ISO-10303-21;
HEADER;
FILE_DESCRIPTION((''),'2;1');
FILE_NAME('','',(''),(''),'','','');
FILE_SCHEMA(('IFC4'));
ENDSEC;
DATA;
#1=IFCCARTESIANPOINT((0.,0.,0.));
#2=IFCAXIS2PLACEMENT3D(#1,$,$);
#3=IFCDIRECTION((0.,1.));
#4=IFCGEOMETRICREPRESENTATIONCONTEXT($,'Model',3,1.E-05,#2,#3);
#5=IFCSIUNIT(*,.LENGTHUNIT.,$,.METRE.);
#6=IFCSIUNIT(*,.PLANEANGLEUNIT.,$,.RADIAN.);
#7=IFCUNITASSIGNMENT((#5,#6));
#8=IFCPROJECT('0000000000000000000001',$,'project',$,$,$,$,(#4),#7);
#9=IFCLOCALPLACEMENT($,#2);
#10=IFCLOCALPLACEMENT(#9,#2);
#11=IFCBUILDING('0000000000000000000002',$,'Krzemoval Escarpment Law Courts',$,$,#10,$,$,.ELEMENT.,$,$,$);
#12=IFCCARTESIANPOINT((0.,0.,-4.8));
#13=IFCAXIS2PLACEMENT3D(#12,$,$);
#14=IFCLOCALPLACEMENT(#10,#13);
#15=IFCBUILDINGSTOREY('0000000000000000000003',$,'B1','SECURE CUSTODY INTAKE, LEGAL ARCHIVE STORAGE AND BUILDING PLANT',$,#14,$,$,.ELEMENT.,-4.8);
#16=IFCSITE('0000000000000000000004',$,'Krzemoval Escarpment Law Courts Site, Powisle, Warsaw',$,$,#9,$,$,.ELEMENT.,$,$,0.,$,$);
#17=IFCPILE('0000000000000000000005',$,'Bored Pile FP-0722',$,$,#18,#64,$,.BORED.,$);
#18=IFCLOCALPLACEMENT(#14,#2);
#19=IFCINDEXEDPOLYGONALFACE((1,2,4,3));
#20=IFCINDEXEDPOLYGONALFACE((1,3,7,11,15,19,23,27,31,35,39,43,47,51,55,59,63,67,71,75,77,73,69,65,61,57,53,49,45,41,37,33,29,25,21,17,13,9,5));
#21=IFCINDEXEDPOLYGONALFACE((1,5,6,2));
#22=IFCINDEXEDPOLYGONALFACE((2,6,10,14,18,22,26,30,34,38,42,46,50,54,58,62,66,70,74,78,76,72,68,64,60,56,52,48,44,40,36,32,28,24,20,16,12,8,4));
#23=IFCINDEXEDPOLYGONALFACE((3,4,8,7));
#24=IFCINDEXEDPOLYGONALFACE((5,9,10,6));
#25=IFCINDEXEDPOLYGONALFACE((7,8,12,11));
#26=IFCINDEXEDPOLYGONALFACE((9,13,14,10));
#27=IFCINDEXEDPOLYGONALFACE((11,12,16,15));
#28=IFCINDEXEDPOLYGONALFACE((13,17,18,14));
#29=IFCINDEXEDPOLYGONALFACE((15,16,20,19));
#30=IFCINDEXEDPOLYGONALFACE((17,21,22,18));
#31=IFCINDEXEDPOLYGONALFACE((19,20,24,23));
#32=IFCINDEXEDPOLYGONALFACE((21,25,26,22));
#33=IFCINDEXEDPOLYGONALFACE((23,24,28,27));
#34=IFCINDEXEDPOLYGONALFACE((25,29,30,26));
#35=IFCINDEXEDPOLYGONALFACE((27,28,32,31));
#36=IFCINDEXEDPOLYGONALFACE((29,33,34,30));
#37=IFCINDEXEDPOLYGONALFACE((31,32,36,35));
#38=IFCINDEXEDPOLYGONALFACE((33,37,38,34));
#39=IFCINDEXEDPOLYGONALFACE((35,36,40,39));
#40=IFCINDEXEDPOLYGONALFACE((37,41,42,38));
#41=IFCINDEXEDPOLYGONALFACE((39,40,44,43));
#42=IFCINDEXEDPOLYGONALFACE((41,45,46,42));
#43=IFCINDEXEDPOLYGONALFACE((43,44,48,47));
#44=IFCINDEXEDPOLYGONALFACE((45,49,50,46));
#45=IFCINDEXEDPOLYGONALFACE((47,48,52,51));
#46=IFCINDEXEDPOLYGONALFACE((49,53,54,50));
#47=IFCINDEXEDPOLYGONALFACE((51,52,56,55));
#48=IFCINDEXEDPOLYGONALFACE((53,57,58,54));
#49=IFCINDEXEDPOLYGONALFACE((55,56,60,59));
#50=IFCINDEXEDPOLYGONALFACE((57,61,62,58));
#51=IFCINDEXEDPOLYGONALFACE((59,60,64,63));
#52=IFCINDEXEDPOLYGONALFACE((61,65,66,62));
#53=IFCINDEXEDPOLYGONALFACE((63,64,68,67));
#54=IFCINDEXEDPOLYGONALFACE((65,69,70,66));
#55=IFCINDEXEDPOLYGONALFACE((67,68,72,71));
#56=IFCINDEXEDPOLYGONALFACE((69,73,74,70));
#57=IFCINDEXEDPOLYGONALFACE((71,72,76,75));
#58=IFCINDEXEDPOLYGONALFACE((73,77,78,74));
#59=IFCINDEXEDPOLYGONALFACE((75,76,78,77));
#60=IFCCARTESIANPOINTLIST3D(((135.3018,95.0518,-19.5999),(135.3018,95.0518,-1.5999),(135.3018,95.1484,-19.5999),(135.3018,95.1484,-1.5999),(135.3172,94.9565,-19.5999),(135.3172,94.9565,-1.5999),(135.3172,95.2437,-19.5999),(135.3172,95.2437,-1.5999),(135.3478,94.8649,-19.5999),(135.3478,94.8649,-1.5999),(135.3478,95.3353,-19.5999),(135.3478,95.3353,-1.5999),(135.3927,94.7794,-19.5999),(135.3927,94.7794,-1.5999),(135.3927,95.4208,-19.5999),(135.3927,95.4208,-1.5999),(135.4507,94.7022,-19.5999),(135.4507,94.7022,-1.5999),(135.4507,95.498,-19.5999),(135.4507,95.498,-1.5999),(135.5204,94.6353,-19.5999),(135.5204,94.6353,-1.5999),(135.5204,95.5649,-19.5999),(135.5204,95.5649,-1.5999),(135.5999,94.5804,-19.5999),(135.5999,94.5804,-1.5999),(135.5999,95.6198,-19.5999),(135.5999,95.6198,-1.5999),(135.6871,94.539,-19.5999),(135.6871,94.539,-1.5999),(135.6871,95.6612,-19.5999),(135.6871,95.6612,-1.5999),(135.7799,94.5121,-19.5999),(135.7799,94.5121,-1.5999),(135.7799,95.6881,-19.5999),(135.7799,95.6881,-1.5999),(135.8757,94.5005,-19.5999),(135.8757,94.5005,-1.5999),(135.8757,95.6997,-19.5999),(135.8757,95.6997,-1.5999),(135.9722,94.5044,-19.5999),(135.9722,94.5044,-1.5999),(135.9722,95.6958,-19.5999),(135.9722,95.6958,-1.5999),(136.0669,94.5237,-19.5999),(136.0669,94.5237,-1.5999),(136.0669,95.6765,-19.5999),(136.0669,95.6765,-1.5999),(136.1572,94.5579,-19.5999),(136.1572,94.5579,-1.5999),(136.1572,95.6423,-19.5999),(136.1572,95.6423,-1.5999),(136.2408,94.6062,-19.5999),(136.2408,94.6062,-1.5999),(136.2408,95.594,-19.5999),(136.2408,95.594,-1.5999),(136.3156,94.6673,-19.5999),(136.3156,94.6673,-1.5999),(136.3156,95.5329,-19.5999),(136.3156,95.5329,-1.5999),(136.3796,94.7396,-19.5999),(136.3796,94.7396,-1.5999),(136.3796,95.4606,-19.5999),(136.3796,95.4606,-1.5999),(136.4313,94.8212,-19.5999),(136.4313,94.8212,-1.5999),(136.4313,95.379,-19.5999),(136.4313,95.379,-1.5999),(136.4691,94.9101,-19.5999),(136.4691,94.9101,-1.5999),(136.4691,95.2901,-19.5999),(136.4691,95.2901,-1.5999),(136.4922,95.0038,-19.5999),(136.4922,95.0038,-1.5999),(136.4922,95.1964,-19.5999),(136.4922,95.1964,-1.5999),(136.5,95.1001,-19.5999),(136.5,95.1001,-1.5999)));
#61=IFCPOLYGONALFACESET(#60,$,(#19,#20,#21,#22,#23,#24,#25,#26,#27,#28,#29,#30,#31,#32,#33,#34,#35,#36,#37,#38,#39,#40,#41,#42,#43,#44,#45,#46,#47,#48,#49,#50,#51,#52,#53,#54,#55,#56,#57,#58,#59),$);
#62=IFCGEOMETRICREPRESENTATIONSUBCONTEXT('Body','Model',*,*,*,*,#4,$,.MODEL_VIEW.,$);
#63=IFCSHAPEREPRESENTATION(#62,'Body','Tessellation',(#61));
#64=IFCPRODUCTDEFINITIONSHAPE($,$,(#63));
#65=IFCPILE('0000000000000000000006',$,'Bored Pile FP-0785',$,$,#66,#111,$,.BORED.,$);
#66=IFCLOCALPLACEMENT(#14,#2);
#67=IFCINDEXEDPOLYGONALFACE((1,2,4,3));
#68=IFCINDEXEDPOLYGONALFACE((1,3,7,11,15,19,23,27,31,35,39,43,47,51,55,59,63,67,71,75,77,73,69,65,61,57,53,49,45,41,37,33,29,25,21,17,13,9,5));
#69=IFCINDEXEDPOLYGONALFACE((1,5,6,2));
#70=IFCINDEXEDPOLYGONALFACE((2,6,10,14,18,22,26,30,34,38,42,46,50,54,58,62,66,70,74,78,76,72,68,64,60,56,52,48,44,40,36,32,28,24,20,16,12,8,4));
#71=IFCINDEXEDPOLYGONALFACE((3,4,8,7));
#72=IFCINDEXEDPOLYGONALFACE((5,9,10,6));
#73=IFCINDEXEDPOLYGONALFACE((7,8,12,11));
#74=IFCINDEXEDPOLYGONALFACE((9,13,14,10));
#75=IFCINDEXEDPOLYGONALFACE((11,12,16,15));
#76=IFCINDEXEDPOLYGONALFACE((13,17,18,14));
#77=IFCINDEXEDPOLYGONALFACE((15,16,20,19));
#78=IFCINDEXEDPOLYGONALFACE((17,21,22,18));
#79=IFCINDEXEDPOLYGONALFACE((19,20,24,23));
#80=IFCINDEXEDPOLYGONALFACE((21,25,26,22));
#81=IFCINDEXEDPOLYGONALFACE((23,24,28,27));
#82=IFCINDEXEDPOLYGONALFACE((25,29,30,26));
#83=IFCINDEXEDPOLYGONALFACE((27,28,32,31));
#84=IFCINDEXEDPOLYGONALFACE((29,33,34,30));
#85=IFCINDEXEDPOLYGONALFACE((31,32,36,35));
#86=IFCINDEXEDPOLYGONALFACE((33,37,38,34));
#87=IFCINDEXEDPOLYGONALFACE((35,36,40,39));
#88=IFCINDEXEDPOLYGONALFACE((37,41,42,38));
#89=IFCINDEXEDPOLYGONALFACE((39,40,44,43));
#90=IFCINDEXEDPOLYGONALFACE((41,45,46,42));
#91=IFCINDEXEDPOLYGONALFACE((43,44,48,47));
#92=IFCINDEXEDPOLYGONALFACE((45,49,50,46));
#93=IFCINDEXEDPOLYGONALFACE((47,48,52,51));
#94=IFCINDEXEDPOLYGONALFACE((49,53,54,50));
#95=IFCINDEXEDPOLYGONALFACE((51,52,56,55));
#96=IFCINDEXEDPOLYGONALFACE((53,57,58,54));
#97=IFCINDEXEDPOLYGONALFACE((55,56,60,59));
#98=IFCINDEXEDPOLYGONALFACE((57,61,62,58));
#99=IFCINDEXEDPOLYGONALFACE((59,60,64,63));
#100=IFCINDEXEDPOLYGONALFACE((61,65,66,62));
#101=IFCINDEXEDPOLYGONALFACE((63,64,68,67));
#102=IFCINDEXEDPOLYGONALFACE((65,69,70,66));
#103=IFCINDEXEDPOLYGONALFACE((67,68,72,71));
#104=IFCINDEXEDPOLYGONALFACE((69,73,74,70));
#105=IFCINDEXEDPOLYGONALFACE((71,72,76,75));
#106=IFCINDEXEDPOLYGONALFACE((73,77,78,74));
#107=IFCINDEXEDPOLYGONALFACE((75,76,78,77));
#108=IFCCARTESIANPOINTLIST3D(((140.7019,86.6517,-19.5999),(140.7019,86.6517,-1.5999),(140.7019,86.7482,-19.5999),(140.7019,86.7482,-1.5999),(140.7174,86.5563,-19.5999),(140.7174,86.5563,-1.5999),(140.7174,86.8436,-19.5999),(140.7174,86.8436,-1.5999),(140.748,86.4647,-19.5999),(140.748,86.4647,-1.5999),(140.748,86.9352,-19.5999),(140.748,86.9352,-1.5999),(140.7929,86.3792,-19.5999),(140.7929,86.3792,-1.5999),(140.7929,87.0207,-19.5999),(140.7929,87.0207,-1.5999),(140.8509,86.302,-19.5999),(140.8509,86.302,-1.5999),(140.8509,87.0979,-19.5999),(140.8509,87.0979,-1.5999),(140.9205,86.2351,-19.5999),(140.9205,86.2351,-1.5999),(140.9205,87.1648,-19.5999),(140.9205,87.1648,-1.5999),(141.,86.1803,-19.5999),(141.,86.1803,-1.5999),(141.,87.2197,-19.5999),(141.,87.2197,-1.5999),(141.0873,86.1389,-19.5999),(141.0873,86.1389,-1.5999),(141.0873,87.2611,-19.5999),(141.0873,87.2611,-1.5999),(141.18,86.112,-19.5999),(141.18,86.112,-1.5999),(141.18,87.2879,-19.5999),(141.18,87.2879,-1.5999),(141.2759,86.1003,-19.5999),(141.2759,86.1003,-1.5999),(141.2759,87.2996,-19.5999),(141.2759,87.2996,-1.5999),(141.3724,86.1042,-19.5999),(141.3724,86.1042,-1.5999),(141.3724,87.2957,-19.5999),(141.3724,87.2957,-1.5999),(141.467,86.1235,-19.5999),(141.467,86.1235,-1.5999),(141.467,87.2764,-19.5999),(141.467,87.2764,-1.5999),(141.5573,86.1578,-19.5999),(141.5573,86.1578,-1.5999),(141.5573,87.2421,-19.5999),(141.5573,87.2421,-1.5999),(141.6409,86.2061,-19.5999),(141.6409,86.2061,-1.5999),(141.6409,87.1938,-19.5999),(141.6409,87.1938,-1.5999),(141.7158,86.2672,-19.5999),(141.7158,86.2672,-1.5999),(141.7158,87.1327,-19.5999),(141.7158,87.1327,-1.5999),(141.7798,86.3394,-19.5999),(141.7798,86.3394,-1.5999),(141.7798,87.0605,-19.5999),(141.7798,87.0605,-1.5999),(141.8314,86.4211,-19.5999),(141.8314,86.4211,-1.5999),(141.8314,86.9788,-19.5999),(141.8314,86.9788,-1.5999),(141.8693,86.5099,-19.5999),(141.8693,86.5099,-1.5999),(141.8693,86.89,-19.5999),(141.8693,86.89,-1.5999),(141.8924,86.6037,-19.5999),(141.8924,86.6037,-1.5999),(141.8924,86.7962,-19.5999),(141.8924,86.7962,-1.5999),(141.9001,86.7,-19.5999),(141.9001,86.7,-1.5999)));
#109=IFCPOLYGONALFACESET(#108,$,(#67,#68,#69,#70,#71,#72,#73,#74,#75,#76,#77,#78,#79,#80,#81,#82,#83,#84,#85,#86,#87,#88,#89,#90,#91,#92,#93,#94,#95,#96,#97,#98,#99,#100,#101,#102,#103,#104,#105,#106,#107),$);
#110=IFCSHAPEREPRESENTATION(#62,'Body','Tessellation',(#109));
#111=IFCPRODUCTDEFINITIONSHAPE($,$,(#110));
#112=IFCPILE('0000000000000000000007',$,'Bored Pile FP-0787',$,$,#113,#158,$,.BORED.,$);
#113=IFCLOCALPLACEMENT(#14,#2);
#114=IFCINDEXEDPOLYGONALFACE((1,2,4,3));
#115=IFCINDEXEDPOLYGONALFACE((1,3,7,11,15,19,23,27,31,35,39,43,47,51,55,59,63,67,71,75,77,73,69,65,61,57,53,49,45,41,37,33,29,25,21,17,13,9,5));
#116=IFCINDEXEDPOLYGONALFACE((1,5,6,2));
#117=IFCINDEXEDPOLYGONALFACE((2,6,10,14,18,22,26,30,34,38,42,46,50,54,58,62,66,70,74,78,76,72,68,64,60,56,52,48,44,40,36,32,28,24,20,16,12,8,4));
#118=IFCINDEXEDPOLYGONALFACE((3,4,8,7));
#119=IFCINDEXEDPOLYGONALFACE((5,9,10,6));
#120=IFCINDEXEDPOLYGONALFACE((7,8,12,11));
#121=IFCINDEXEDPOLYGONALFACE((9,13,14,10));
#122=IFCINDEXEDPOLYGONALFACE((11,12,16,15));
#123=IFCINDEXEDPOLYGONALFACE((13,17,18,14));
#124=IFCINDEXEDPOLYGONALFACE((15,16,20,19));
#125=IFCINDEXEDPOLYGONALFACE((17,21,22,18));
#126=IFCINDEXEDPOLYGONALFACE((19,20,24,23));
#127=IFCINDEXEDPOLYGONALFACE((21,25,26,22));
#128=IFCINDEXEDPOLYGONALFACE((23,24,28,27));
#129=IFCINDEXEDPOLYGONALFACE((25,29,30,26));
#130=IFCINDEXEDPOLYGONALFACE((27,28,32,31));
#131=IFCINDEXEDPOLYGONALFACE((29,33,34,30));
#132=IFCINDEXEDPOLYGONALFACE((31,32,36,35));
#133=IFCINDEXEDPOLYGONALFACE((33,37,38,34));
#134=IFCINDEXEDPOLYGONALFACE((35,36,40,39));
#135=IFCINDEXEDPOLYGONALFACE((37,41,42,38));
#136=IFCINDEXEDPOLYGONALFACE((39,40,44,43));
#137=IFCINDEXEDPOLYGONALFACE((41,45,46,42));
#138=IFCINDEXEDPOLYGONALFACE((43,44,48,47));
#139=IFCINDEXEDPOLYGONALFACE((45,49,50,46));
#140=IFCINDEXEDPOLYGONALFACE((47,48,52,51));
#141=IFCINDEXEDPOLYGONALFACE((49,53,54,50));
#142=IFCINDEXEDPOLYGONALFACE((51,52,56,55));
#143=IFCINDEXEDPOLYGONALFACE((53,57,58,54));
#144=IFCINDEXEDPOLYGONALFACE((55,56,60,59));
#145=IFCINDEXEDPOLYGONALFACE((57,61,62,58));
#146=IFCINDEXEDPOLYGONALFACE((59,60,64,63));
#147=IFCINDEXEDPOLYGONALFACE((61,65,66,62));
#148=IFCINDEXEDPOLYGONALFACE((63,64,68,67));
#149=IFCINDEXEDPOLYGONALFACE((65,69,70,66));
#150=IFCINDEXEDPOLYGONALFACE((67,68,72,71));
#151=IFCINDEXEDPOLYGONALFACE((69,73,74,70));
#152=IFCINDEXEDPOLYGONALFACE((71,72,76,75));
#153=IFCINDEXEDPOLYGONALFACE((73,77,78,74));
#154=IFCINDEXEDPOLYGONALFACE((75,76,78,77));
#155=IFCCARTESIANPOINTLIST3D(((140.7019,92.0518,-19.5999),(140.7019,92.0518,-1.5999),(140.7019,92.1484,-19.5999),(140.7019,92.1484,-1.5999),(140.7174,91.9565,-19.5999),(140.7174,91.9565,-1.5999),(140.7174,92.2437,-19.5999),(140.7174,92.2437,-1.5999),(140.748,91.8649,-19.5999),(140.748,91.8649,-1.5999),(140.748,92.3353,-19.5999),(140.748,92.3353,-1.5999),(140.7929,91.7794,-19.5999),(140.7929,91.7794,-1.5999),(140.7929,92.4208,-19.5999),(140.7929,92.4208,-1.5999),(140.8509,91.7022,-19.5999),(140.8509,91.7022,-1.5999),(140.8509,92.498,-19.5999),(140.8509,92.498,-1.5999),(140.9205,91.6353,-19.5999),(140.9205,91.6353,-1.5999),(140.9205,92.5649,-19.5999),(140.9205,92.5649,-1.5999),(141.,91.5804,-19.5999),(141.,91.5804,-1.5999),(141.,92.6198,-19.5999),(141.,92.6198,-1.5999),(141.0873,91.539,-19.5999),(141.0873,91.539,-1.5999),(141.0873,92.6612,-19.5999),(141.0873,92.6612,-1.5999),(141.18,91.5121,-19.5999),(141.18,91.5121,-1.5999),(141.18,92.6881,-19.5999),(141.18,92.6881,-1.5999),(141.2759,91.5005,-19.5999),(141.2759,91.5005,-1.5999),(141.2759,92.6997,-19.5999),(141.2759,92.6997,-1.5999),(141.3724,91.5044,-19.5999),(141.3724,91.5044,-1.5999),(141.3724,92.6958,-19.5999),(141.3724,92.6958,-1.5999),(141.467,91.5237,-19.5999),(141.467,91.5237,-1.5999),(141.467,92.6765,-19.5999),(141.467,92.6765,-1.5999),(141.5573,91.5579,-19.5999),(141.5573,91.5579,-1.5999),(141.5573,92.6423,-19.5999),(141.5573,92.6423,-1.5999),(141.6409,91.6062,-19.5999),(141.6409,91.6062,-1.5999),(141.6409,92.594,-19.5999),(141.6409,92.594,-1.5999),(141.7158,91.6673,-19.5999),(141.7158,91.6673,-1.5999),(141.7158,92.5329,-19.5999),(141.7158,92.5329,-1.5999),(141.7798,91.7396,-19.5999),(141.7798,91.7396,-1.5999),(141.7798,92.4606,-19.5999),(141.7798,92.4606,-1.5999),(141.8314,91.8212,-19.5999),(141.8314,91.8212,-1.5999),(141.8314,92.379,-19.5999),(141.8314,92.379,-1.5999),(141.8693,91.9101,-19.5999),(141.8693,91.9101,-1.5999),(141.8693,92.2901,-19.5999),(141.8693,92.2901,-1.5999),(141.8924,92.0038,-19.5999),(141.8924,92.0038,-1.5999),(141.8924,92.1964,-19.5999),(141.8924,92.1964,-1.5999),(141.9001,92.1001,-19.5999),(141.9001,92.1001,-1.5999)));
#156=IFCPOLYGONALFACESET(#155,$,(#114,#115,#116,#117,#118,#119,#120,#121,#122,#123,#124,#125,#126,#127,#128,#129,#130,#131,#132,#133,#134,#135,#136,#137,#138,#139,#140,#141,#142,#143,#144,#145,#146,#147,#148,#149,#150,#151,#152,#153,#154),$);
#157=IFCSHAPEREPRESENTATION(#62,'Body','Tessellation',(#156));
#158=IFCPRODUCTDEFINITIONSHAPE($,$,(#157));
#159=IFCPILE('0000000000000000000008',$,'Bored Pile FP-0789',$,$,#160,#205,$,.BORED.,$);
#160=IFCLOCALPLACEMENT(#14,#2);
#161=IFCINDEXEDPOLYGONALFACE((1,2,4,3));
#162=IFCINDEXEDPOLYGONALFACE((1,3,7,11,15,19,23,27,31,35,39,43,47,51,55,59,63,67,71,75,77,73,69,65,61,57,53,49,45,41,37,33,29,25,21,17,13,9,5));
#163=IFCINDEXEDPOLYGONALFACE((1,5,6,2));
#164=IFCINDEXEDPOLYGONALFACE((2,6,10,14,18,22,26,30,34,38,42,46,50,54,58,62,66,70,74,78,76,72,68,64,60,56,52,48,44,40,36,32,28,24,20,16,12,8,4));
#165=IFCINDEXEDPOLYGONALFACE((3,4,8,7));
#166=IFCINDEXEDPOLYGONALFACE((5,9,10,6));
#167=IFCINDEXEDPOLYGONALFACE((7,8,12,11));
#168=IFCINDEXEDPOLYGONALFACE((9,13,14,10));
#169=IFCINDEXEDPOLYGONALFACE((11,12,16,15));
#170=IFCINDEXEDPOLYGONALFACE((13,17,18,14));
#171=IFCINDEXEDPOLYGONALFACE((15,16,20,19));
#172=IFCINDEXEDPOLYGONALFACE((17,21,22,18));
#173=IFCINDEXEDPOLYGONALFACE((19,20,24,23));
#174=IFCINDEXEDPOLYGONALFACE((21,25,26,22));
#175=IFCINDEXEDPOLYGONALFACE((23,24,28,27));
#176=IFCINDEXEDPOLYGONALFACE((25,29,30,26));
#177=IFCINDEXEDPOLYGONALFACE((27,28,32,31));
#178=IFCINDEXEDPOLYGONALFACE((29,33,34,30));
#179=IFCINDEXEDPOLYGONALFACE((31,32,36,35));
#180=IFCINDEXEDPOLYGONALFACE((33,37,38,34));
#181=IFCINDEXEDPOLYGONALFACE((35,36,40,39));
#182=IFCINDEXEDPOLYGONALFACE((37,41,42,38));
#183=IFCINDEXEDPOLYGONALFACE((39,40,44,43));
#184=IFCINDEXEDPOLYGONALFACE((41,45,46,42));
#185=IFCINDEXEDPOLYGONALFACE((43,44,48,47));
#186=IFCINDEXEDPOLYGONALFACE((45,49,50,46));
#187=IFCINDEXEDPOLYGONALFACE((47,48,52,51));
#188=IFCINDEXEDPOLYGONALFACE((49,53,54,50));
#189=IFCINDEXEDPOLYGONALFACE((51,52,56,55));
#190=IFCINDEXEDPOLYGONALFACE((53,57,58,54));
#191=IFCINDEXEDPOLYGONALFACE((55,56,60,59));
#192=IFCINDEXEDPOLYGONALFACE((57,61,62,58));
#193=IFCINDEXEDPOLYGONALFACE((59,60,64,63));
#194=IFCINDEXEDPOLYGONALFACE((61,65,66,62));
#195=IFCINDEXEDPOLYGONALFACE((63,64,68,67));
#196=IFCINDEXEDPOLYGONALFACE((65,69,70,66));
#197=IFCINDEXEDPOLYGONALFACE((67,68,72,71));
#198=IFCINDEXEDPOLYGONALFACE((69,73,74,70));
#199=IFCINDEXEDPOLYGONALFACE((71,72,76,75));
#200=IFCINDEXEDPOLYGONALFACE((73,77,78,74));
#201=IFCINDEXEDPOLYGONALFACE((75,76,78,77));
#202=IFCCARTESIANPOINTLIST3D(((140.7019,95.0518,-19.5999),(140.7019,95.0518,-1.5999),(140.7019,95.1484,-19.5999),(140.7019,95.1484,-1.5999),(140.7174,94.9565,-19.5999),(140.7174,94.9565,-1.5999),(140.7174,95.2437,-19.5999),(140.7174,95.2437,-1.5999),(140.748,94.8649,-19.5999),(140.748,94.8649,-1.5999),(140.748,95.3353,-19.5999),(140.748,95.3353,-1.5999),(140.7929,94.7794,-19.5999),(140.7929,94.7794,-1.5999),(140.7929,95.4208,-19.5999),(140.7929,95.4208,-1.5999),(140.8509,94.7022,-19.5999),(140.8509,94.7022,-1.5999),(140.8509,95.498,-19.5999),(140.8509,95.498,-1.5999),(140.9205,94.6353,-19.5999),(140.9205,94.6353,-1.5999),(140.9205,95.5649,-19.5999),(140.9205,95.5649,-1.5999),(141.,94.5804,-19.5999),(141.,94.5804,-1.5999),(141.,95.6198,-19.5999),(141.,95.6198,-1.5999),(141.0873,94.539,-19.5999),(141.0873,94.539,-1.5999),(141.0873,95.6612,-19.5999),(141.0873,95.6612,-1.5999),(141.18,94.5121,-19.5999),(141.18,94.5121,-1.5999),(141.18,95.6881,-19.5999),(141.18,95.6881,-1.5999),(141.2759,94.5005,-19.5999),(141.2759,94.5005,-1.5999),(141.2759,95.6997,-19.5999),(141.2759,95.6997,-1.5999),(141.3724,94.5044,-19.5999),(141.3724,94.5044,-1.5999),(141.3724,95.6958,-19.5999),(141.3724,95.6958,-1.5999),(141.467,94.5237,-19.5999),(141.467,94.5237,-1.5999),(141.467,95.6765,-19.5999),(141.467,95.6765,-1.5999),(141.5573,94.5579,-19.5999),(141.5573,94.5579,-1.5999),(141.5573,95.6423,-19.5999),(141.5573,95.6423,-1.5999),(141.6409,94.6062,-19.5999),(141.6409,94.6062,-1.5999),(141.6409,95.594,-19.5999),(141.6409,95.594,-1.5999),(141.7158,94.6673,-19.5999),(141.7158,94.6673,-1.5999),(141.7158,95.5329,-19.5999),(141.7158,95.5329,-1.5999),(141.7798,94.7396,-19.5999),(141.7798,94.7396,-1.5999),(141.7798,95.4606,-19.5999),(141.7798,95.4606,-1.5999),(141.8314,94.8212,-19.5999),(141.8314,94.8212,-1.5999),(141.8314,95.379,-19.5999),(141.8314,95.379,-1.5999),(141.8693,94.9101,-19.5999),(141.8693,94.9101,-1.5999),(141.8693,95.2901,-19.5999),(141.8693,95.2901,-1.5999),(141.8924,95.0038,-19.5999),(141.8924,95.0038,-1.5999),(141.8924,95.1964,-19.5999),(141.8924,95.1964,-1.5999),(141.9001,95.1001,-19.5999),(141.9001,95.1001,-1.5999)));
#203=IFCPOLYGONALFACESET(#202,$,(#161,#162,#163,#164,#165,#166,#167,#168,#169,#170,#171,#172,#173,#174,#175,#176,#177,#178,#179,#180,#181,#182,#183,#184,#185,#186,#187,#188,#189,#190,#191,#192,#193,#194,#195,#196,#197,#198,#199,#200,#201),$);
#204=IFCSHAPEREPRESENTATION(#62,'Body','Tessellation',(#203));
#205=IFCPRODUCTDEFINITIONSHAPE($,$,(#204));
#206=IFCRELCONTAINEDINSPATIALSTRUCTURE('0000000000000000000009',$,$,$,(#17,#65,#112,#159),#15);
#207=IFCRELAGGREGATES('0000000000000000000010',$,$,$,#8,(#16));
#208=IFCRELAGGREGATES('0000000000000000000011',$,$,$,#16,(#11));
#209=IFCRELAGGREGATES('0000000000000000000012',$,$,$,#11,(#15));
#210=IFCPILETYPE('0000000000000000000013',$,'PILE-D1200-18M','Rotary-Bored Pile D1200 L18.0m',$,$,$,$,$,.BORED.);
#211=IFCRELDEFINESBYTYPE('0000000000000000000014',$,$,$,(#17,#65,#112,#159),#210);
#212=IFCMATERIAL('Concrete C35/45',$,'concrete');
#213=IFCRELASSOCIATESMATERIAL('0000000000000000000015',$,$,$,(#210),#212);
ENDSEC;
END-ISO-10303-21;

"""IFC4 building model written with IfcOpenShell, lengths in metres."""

from ifc_helpers import new_model, si_unit, direction, frame, origin, origin_2d, place, context, subcontext, project, spatial, circle, extrude, material, material_profile, profile_set, type_object, element, save


model = new_model("IFC4")

# Units and contexts
model_context = context("Model", 3, precision=1e-05, world=origin(), true_north=direction((0.0, 1.0)))
body_context = subcontext(model_context, "Body", "Model", "MODEL_VIEW")
ifc_project = project(units=[si_unit("LENGTHUNIT", "METRE"), si_unit("PLANEANGLEUNIT", "RADIAN")], contexts=[model_context])

# Site, building, storey
site_placement = place(None, origin())
site = spatial("IfcSite", under=ifc_project, at=site_placement, Name="Krzemoval Escarpment Law Courts Site, Powisle, Warsaw", CompositionType="ELEMENT", RefElevation=0.0)
building_placement = place(site_placement, origin())
building = spatial("IfcBuilding", under=site, at=building_placement, Name="Krzemoval Escarpment Law Courts", CompositionType="ELEMENT")
storey_placement = place(building_placement, frame((0.0, 0.0, -4.8)))
storey = spatial("IfcBuildingStorey", under=building, at=storey_placement, Name="B1", Description="SECURE CUSTODY INTAKE, LEGAL ARCHIVE STORAGE AND BUILDING PLANT", CompositionType="ELEMENT", Elevation=-4.8)

# Piles
ifc_material_1 = material(Name="Concrete C35/45", Category="concrete")
ifc_material_profile_1 = material_profile(ifc_material_1, circle(Radius=0.6001, at=origin_2d()), Name="PILE D1200")
ifc_profile_set_1 = profile_set([ifc_material_profile_1], Name="Concrete C35/45")
pile_type = type_object("IfcPileType", Name="PILE-D1200-18M", Description="Rotary-Bored Pile D1200 L18.0m", PredefinedType="BORED", material=ifc_profile_set_1)
for number, where, z_axis, x_axis, name in (
    (1, (135.8999, 95.1001, -1.5999), (0.0, 0.0, -1.0), (1.0, 0.0, 0.0), "Bored Pile FP-0722"),
    (2, (141.3, 86.7, -1.5999), (0.0, 0.0, -1.0), (1.0, 0.0, 0.0), "Bored Pile FP-0785"),
    (3, (141.3, 92.1001, -1.5999), (0.0, 0.0, -1.0), (1.0, 0.0, 0.0), "Bored Pile FP-0787"),
    (4, (141.3, 95.1001, -1.5999), (0.0, 0.0, -1.0), (1.0, 0.0, 0.0), "Bored Pile FP-0789"),
):
    element("IfcPile", number, at=place(storey_placement, frame(where, z_axis=z_axis, x_axis=x_axis)), inside=storey, type_object=pile_type, Name=name, PredefinedType="BORED", context=body_context, shape_type="SweptSolid", body=[
        extrude(circle(Radius=0.6001, at=origin_2d()), origin(), (0.0, 0.0, 1.0), 18.0),
    ])

save(model, "model.ifc")
